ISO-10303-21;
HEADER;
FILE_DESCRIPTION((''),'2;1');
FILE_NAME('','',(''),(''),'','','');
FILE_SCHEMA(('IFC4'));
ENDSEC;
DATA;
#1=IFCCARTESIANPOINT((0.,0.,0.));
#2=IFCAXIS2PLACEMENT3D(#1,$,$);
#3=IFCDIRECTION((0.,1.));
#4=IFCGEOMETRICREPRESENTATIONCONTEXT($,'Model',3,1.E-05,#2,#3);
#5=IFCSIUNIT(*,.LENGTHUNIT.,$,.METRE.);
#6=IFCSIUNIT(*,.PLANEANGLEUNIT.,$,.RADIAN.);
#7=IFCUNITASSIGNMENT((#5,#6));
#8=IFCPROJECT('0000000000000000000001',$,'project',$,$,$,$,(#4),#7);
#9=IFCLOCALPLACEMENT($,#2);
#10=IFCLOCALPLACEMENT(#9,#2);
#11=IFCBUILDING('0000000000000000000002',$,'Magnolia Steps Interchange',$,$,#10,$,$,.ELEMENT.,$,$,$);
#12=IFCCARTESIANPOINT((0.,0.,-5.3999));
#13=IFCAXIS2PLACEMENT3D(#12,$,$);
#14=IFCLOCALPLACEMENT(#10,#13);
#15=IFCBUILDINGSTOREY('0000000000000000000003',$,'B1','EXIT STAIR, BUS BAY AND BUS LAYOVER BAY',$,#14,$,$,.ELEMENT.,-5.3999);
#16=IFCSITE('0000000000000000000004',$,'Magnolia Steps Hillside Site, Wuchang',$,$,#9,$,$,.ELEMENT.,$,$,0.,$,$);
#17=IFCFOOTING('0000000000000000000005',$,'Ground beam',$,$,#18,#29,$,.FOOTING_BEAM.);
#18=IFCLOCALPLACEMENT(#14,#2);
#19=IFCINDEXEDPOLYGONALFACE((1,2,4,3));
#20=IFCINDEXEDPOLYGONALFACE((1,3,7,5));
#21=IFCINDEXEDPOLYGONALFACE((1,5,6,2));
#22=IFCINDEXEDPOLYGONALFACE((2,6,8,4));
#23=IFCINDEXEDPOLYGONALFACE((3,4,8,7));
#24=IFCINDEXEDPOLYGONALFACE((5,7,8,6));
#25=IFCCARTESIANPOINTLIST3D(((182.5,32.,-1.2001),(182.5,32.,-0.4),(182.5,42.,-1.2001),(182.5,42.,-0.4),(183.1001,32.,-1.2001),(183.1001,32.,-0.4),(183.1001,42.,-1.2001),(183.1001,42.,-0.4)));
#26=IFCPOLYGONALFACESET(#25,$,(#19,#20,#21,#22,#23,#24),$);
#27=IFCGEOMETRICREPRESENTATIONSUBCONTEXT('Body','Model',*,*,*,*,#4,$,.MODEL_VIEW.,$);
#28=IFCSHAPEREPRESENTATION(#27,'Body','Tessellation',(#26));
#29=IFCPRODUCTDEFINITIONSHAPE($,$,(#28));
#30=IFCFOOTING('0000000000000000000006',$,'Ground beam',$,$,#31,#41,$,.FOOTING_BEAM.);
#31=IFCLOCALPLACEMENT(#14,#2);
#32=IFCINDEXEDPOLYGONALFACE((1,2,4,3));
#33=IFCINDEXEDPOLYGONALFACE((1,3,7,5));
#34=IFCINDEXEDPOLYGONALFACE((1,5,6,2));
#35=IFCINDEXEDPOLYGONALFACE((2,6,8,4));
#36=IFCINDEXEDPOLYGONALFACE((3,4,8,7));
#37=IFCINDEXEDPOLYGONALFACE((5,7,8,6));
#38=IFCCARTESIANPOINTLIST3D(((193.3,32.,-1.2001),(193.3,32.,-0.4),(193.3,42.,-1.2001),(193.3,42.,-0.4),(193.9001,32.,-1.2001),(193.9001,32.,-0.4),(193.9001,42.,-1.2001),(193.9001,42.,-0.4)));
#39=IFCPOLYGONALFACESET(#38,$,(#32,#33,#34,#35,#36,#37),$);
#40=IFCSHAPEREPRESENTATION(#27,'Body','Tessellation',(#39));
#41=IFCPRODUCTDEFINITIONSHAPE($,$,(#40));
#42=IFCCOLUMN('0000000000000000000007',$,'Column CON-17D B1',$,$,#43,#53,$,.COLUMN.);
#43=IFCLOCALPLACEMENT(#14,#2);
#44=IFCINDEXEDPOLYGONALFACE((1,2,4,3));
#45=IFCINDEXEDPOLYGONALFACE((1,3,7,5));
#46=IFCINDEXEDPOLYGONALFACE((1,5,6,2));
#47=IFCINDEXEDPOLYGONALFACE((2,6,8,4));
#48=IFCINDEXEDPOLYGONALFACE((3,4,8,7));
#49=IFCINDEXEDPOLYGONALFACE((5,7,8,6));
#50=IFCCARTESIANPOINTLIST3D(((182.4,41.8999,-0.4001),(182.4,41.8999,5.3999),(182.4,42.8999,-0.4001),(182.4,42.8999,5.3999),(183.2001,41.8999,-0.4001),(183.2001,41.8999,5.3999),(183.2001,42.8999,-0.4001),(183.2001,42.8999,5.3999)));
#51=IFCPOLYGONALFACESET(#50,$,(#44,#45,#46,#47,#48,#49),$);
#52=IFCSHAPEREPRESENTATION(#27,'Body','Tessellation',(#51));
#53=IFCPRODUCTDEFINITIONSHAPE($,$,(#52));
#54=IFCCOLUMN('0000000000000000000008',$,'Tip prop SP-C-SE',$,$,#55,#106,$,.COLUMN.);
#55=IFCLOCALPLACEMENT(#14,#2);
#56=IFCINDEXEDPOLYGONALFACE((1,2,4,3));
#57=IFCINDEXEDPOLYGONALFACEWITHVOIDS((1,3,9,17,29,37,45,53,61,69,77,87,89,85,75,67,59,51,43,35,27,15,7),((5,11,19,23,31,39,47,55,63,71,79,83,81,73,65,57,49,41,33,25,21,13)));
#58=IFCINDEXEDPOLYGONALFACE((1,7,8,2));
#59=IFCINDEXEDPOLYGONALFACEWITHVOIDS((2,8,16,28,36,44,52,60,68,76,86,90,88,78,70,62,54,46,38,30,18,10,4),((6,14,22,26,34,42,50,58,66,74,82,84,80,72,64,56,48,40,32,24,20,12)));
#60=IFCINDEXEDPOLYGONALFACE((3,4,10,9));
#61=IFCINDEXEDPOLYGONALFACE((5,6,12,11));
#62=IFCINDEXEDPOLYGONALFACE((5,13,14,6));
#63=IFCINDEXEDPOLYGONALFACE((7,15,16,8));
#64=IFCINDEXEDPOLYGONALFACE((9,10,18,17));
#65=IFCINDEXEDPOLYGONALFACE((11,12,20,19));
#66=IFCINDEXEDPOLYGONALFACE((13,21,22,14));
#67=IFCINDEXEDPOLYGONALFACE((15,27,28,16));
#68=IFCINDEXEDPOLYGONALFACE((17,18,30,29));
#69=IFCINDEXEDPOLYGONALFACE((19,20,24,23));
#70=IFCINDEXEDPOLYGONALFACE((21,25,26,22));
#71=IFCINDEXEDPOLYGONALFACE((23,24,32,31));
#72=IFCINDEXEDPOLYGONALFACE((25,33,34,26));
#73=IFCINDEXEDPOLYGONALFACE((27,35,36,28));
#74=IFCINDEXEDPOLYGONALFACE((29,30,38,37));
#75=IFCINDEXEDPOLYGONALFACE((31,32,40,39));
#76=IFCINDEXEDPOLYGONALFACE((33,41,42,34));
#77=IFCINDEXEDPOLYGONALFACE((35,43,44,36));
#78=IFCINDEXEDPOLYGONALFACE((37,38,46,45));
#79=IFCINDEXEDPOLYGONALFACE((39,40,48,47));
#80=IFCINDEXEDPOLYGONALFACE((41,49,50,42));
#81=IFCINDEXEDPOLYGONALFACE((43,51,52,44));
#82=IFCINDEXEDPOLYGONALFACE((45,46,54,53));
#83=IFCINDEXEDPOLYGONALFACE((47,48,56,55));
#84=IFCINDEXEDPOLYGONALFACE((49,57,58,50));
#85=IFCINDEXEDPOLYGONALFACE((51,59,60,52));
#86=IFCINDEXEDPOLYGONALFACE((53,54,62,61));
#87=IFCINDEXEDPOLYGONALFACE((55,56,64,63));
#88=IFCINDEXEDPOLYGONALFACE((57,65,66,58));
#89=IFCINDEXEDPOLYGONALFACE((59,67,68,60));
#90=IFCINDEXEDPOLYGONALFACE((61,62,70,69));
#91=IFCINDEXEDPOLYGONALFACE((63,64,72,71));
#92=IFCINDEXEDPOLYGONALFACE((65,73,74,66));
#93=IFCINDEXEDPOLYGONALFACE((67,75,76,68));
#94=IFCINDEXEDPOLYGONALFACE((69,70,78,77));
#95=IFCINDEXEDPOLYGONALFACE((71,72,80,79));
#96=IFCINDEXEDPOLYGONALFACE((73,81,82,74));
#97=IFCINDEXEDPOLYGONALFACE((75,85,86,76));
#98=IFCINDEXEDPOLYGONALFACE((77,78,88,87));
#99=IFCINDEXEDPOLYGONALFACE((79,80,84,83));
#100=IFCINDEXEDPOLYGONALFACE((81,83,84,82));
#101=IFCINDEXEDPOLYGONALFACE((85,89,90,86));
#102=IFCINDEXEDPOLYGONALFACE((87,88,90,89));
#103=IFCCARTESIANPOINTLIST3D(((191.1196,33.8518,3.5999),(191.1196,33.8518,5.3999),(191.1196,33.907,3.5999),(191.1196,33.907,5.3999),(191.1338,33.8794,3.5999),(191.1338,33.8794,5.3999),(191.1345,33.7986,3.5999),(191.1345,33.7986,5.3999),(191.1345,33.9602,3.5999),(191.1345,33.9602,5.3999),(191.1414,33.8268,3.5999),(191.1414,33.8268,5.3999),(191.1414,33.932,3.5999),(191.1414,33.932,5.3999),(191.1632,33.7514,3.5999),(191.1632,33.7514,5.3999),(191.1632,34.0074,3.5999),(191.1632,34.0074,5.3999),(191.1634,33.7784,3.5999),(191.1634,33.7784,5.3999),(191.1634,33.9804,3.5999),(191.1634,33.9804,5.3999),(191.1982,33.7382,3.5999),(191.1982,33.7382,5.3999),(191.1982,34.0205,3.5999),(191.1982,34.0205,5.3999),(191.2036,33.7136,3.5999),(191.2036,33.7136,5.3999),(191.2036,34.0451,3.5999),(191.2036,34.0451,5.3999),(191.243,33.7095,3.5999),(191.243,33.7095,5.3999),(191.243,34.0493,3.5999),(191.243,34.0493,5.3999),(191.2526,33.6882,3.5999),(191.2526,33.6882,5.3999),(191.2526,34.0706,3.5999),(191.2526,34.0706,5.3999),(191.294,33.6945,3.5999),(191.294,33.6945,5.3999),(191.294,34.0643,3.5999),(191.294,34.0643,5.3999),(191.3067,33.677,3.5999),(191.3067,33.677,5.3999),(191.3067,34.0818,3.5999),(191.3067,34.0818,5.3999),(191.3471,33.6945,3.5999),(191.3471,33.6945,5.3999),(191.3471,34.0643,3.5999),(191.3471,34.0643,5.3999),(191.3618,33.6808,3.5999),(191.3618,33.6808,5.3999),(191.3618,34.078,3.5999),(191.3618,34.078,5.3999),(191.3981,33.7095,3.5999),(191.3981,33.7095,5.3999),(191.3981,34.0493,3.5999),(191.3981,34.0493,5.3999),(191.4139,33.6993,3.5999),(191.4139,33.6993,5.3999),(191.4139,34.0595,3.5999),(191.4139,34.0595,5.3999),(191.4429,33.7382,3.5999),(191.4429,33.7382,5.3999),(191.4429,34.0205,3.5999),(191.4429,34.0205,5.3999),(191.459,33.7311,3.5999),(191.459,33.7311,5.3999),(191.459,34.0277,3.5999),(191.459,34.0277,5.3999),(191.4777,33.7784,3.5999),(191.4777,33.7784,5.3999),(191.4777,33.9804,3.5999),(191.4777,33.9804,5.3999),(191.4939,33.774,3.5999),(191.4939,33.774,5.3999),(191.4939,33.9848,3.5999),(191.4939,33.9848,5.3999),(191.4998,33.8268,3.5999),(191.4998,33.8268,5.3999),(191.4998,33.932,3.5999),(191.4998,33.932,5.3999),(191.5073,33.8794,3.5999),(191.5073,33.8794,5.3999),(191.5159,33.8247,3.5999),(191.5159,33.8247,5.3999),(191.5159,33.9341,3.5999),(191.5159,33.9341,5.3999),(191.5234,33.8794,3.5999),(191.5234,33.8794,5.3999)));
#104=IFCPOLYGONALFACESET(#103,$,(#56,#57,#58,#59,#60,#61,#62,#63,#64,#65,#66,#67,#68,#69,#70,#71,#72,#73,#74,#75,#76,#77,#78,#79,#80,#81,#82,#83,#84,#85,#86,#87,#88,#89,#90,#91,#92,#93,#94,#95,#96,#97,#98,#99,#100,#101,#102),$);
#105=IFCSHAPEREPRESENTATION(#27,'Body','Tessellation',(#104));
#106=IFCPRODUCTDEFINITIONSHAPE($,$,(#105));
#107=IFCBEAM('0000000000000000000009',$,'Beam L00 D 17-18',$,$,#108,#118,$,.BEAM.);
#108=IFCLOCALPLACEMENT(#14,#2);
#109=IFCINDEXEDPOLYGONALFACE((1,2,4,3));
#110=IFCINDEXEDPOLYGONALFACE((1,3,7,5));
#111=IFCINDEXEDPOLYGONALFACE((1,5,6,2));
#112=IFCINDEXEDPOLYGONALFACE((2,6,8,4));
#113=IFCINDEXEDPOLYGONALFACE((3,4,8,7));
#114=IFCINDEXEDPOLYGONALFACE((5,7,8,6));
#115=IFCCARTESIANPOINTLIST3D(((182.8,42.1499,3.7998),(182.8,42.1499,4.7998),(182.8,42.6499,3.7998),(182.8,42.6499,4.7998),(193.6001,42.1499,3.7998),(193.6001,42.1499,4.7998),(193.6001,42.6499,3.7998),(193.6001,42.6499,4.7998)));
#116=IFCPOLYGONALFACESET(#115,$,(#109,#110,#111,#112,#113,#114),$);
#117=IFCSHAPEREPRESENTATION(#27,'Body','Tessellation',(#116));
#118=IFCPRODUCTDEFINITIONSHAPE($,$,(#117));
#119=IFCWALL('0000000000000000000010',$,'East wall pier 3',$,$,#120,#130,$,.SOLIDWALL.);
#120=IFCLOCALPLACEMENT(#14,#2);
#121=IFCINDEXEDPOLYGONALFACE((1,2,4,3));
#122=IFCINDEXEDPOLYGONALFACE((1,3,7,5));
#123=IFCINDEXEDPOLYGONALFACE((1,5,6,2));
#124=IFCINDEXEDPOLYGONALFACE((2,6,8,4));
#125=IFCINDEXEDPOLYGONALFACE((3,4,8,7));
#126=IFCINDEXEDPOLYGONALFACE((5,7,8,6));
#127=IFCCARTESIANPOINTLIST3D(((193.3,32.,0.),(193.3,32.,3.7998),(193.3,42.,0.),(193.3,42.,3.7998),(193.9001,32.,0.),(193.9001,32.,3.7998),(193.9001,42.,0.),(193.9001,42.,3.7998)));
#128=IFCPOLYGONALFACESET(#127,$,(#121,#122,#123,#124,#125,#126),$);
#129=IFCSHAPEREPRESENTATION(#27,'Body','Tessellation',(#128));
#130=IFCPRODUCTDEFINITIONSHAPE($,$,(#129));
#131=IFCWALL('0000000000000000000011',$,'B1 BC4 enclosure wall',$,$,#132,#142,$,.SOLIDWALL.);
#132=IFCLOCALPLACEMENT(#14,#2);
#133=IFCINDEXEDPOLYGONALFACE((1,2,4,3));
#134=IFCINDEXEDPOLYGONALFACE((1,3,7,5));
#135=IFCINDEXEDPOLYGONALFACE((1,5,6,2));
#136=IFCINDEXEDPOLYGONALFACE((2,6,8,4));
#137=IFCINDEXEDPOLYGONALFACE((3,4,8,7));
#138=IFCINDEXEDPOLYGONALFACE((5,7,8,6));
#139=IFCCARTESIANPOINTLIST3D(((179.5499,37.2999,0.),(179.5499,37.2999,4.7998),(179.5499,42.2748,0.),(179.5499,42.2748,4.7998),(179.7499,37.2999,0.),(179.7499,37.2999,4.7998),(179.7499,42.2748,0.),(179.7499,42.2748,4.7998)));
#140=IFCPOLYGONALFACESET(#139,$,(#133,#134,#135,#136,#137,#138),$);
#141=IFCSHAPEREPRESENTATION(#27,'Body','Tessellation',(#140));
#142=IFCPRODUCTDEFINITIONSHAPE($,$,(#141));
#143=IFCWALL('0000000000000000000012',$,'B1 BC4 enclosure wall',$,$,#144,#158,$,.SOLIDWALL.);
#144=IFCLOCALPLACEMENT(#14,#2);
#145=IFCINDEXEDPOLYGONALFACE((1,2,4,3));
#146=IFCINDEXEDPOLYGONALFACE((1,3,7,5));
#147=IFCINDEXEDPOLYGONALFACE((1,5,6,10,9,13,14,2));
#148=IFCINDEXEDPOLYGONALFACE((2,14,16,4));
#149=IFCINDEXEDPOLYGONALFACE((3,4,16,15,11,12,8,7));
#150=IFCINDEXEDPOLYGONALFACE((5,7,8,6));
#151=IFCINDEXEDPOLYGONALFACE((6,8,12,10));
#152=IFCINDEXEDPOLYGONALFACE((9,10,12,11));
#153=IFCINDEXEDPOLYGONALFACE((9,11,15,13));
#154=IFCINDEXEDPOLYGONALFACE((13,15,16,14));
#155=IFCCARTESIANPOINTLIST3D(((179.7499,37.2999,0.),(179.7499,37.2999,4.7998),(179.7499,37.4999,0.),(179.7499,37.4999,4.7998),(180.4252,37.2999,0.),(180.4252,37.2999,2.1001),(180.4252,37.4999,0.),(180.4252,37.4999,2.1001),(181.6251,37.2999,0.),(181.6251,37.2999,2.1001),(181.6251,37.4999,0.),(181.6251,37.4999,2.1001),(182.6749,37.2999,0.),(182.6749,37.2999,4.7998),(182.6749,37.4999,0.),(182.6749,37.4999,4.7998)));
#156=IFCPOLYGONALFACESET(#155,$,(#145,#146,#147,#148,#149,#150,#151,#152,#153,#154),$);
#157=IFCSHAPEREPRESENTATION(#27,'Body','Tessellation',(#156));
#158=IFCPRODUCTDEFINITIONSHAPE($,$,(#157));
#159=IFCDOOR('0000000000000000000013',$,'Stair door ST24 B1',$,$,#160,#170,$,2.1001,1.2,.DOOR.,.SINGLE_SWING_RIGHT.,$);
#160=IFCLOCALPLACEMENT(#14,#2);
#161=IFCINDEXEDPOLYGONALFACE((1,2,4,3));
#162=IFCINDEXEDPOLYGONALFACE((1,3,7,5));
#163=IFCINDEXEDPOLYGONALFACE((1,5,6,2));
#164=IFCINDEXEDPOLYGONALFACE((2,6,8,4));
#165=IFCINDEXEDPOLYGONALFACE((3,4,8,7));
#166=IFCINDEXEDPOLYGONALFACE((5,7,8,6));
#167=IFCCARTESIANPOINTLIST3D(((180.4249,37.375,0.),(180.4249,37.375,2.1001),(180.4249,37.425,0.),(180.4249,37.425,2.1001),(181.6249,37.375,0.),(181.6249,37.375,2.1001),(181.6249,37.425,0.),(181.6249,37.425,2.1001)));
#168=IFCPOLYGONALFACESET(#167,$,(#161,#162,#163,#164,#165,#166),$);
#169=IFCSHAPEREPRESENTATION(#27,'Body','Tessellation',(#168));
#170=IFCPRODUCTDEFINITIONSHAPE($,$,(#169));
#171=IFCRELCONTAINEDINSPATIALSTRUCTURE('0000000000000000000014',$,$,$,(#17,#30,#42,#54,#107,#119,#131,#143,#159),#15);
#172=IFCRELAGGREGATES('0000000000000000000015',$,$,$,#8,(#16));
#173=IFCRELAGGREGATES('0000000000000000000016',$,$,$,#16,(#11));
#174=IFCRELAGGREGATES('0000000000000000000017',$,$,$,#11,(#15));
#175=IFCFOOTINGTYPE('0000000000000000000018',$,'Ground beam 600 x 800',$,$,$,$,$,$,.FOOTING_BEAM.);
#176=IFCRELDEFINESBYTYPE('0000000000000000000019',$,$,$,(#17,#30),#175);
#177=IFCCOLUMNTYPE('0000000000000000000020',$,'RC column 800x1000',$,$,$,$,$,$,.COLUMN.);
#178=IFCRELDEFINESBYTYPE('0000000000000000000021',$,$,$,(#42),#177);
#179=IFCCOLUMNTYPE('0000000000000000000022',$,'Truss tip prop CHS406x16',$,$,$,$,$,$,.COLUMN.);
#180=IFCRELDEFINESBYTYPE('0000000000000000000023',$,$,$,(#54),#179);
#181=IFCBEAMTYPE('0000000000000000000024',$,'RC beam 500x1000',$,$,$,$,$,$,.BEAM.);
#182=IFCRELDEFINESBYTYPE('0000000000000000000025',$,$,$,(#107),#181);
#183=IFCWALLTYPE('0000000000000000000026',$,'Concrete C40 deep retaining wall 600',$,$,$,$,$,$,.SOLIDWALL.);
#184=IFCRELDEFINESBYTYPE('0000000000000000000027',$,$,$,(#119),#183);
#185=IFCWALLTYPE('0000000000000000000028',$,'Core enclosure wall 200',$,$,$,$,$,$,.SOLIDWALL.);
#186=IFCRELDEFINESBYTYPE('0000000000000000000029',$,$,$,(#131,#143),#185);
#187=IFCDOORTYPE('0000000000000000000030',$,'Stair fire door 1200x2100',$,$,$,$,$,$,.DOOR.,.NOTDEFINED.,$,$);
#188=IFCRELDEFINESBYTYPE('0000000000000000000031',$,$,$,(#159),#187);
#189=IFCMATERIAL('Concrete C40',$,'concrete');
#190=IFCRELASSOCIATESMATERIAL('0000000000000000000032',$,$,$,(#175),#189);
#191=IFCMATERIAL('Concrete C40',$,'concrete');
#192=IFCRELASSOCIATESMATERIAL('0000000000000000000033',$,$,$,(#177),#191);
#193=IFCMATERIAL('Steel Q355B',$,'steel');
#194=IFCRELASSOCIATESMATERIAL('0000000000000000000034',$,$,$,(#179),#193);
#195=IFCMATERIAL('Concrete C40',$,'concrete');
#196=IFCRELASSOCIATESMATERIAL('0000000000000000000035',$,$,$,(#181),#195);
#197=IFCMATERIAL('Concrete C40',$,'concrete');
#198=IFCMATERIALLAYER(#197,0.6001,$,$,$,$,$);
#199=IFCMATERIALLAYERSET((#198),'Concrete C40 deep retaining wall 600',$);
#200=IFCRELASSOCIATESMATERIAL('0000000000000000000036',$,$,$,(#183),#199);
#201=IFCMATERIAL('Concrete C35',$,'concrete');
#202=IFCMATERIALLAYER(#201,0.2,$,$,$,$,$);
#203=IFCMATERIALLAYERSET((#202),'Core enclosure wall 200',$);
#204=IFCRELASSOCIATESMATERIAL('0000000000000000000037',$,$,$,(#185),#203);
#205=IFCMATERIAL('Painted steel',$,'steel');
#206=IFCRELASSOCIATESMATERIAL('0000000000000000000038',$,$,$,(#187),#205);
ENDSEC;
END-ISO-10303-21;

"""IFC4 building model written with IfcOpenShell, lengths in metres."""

from ifc_helpers import new_model, si_unit, direction, frame, frame_2d, origin, origin_2d, place, context, subcontext, project, spatial, rectangle, hollow_circle, extrude, material, layer, layer_set, material_profile, profile_set, type_object, element, fill, save


model = new_model("IFC4")

# Units and contexts
model_context = context("Model", 3, precision=1e-05, world=origin(), true_north=direction((0.0, 1.0)))
body_context = subcontext(model_context, "Body", "Model", "MODEL_VIEW")
ifc_project = project(units=[si_unit("LENGTHUNIT", "METRE"), si_unit("PLANEANGLEUNIT", "RADIAN")], contexts=[model_context])

# Site, building, storey
site_placement = place(None, origin())
site = spatial("IfcSite", under=ifc_project, at=site_placement, Name="Magnolia Steps Hillside Site, Wuchang", CompositionType="ELEMENT", RefElevation=0.0)
building_placement = place(site_placement, origin())
building = spatial("IfcBuilding", under=site, at=building_placement, Name="Magnolia Steps Interchange", CompositionType="ELEMENT")
storey_placement = place(building_placement, frame((0.0, 0.0, -5.3999)))
storey = spatial("IfcBuildingStorey", under=building, at=storey_placement, Name="B1", Description="EXIT STAIR, BUS BAY AND BUS LAYOVER BAY", CompositionType="ELEMENT", Elevation=-5.3999)

# Footings
ifc_material_1 = material(Name="Concrete C40", Category="concrete")
ifc_material_profile_1 = material_profile(ifc_material_1, rectangle(XDim=0.6001, YDim=0.8, at=origin_2d()), Name="RC600x800")
ifc_profile_set_1 = profile_set([ifc_material_profile_1], Name="Concrete C40")
footing_type = type_object("IfcFootingType", Name="Ground beam 600 x 800", PredefinedType="FOOTING_BEAM", material=ifc_profile_set_1)
for number, where, z_axis, x_axis, name in (
    (1, (182.8, 32.0, -0.8), (0.0, 1.0, 0.0), (-1.0, 0.0, 0.0), "Ground beam"),
    (2, (193.6001, 32.0, -0.8), (0.0, 1.0, 0.0), (-1.0, 0.0, 0.0), "Ground beam"),
):
    element("IfcFooting", number, at=place(storey_placement, frame(where, z_axis=z_axis, x_axis=x_axis)), inside=storey, type_object=footing_type, Name=name, PredefinedType="FOOTING_BEAM", context=body_context, shape_type="SweptSolid", body=[
        extrude(rectangle(XDim=0.6001, YDim=0.8, at=origin_2d()), origin(), (0.0, 0.0, 1.0), 10.0),
    ])

# Columns
ifc_material_2 = material(Name="Concrete C40", Category="concrete")
ifc_material_profile_2 = material_profile(ifc_material_2, rectangle(XDim=0.8, YDim=1.0, at=origin_2d()), Name="RC800x1000")
ifc_profile_set_2 = profile_set([ifc_material_profile_2], Name="Concrete C40")
column_type_1 = type_object("IfcColumnType", Name="RC column 800x1000", PredefinedType="COLUMN", material=ifc_profile_set_2)
column_1_placement = place(storey_placement, frame((182.8, 42.3999, -0.4001), z_axis=(0.0, 0.0, 1.0), x_axis=(1.0, 0.0, 0.0)))
element("IfcColumn", 3, at=column_1_placement, inside=storey, type_object=column_type_1, Name="Column CON-17D B1", PredefinedType="COLUMN", context=body_context, shape_type="SweptSolid", body=[
    extrude(rectangle(XDim=0.8, YDim=1.0, at=origin_2d()), origin(), (0.0, 0.0, 1.0), 5.8),
])
ifc_material_3 = material(Name="Steel Q355B", Category="steel")
ifc_material_profile_3 = material_profile(ifc_material_3, hollow_circle(Radius=0.2029, WallThickness=0.0161, at=origin_2d()), Name="CHS406x16")
ifc_profile_set_3 = profile_set([ifc_material_profile_3], Name="Steel Q355B")
column_type_2 = type_object("IfcColumnType", Name="Truss tip prop CHS406x16", PredefinedType="COLUMN", material=ifc_profile_set_3)
column_2_placement = place(storey_placement, frame((191.3206, 33.8794, 3.5999), z_axis=(0.0, 0.0, 1.0), x_axis=(1.0, 0.0, 0.0)))
element("IfcColumn", 4, at=column_2_placement, inside=storey, type_object=column_type_2, Name="Tip prop SP-C-SE", PredefinedType="COLUMN", context=body_context, shape_type="SweptSolid", body=[
    extrude(hollow_circle(Radius=0.2029, WallThickness=0.0161, at=origin_2d()), origin(), (0.0, 0.0, 1.0), 1.8),
])

# Beam
ifc_material_4 = material(Name="Concrete C40", Category="concrete")
ifc_material_profile_4 = material_profile(ifc_material_4, rectangle(XDim=0.5, YDim=1.0, at=origin_2d()), Name="RC500x1000")
ifc_profile_set_4 = profile_set([ifc_material_profile_4], Name="Concrete C40")
beam_type = type_object("IfcBeamType", Name="RC beam 500x1000", PredefinedType="BEAM", material=ifc_profile_set_4)
beam_placement = place(storey_placement, frame((182.8, 42.3999, 4.2998), z_axis=(1.0, 0.0, 0.0), x_axis=(0.0, 1.0, 0.0)))
element("IfcBeam", 5, at=beam_placement, inside=storey, type_object=beam_type, Name="Beam L00 D 17-18", PredefinedType="BEAM", context=body_context, shape_type="SweptSolid", body=[
    extrude(rectangle(XDim=0.5, YDim=1.0, at=origin_2d()), origin(), (0.0, 0.0, 1.0), 10.8),
])

# Walls
ifc_material_5 = material(Name="Concrete C40", Category="concrete")
ifc_layer_1 = layer(ifc_material_5, 0.6001)
ifc_layer_set_1 = layer_set([ifc_layer_1], Name="Concrete C40 deep retaining wall 600")
wall_type_1 = type_object("IfcWallType", Name="Concrete C40 deep retaining wall 600", PredefinedType="SOLIDWALL", material=ifc_layer_set_1)
wall_1_placement = place(storey_placement, frame((193.6001, 32.0, 0.0), z_axis=(0.0, 0.0, 1.0), x_axis=(0.0, 1.0, 0.0)))
element("IfcWall", 6, at=wall_1_placement, inside=storey, type_object=wall_type_1, Name="East wall pier 3", PredefinedType="SOLIDWALL", context=body_context, shape_type="SweptSolid", body=[
    extrude(rectangle(XDim=10.0, YDim=0.6001, at=frame_2d((5.0, 0.0))), origin(), (0.0, 0.0, 1.0), 3.7998),
])
ifc_material_6 = material(Name="Concrete C35", Category="concrete")
ifc_layer_2 = layer(ifc_material_6, 0.2)
ifc_layer_set_2 = layer_set([ifc_layer_2], Name="Core enclosure wall 200")
wall_type_2 = type_object("IfcWallType", Name="Core enclosure wall 200", PredefinedType="SOLIDWALL", material=ifc_layer_set_2)
wall_2_placement = place(storey_placement, frame((179.6499, 37.3, 0.0), z_axis=(0.0, 0.0, 1.0), x_axis=(0.0, 1.0, 0.0)))
element("IfcWall", 7, at=wall_2_placement, inside=storey, type_object=wall_type_2, Name="B1 BC4 enclosure wall", PredefinedType="SOLIDWALL", context=body_context, shape_type="SweptSolid", body=[
    extrude(rectangle(XDim=4.9749, YDim=0.2, at=frame_2d((2.4873, 0.0))), origin(), (0.0, 0.0, 1.0), 4.7998),
])

# Wall, opening, door
wall_3_placement = place(storey_placement, frame((179.75, 37.3999, 0.0), z_axis=(0.0, 0.0, 1.0), x_axis=(1.0, 0.0, 0.0)))
wall_3 = element("IfcWall", 8, at=wall_3_placement, inside=storey, type_object=wall_type_2, Name="B1 BC4 enclosure wall", PredefinedType="SOLIDWALL", context=body_context, shape_type="SweptSolid", body=[
    extrude(rectangle(XDim=2.925, YDim=0.2, at=frame_2d((1.4624, 0.0))), origin(), (0.0, 0.0, 1.0), 4.7998),
])
opening_placement = place(wall_3_placement, frame((0.675, 0.0, 0.0)))
opening = element("IfcOpeningElement", 9, at=opening_placement, cuts=wall_3, PredefinedType="OPENING", context=body_context, shape_type="SweptSolid", body=[
    extrude(rectangle(XDim=1.2, YDim=2.1001, at=frame_2d((0.6001, 1.05))), frame((0.0, 0.1099, 0.0), z_axis=(0.0, -1.0, 0.0), x_axis=(1.0, 0.0, 0.0)), (0.0, 0.0, 1.0), 0.22),
])
ifc_material_7 = material(Name="Painted steel", Category="steel")
door_type = type_object("IfcDoorType", Name="Stair fire door 1200x2100", OperationType="NOTDEFINED", PredefinedType="DOOR", material=ifc_material_7)
door_placement = place(opening_placement, frame((1.2, 0.0, 0.0), z_axis=(0.0, 0.0, 1.0), x_axis=(-1.0, 0.0, 0.0)))
door = element("IfcDoor", 10, at=door_placement, inside=storey, type_object=door_type, Name="Stair door ST24 B1", OperationType="SINGLE_SWING_RIGHT", OverallHeight=2.1001, OverallWidth=1.2, PredefinedType="DOOR", context=body_context, shape_type="SweptSolid", body=[
    extrude(rectangle(XDim=1.2, YDim=2.1001, at=frame_2d((0.6001, 1.05))), frame((0.0, 0.0249, 0.0), z_axis=(0.0, -1.0, 0.0), x_axis=(1.0, 0.0, 0.0)), (0.0, 0.0, 1.0), 0.05),
])
fill(opening, door)

save(model, "model.ifc")
